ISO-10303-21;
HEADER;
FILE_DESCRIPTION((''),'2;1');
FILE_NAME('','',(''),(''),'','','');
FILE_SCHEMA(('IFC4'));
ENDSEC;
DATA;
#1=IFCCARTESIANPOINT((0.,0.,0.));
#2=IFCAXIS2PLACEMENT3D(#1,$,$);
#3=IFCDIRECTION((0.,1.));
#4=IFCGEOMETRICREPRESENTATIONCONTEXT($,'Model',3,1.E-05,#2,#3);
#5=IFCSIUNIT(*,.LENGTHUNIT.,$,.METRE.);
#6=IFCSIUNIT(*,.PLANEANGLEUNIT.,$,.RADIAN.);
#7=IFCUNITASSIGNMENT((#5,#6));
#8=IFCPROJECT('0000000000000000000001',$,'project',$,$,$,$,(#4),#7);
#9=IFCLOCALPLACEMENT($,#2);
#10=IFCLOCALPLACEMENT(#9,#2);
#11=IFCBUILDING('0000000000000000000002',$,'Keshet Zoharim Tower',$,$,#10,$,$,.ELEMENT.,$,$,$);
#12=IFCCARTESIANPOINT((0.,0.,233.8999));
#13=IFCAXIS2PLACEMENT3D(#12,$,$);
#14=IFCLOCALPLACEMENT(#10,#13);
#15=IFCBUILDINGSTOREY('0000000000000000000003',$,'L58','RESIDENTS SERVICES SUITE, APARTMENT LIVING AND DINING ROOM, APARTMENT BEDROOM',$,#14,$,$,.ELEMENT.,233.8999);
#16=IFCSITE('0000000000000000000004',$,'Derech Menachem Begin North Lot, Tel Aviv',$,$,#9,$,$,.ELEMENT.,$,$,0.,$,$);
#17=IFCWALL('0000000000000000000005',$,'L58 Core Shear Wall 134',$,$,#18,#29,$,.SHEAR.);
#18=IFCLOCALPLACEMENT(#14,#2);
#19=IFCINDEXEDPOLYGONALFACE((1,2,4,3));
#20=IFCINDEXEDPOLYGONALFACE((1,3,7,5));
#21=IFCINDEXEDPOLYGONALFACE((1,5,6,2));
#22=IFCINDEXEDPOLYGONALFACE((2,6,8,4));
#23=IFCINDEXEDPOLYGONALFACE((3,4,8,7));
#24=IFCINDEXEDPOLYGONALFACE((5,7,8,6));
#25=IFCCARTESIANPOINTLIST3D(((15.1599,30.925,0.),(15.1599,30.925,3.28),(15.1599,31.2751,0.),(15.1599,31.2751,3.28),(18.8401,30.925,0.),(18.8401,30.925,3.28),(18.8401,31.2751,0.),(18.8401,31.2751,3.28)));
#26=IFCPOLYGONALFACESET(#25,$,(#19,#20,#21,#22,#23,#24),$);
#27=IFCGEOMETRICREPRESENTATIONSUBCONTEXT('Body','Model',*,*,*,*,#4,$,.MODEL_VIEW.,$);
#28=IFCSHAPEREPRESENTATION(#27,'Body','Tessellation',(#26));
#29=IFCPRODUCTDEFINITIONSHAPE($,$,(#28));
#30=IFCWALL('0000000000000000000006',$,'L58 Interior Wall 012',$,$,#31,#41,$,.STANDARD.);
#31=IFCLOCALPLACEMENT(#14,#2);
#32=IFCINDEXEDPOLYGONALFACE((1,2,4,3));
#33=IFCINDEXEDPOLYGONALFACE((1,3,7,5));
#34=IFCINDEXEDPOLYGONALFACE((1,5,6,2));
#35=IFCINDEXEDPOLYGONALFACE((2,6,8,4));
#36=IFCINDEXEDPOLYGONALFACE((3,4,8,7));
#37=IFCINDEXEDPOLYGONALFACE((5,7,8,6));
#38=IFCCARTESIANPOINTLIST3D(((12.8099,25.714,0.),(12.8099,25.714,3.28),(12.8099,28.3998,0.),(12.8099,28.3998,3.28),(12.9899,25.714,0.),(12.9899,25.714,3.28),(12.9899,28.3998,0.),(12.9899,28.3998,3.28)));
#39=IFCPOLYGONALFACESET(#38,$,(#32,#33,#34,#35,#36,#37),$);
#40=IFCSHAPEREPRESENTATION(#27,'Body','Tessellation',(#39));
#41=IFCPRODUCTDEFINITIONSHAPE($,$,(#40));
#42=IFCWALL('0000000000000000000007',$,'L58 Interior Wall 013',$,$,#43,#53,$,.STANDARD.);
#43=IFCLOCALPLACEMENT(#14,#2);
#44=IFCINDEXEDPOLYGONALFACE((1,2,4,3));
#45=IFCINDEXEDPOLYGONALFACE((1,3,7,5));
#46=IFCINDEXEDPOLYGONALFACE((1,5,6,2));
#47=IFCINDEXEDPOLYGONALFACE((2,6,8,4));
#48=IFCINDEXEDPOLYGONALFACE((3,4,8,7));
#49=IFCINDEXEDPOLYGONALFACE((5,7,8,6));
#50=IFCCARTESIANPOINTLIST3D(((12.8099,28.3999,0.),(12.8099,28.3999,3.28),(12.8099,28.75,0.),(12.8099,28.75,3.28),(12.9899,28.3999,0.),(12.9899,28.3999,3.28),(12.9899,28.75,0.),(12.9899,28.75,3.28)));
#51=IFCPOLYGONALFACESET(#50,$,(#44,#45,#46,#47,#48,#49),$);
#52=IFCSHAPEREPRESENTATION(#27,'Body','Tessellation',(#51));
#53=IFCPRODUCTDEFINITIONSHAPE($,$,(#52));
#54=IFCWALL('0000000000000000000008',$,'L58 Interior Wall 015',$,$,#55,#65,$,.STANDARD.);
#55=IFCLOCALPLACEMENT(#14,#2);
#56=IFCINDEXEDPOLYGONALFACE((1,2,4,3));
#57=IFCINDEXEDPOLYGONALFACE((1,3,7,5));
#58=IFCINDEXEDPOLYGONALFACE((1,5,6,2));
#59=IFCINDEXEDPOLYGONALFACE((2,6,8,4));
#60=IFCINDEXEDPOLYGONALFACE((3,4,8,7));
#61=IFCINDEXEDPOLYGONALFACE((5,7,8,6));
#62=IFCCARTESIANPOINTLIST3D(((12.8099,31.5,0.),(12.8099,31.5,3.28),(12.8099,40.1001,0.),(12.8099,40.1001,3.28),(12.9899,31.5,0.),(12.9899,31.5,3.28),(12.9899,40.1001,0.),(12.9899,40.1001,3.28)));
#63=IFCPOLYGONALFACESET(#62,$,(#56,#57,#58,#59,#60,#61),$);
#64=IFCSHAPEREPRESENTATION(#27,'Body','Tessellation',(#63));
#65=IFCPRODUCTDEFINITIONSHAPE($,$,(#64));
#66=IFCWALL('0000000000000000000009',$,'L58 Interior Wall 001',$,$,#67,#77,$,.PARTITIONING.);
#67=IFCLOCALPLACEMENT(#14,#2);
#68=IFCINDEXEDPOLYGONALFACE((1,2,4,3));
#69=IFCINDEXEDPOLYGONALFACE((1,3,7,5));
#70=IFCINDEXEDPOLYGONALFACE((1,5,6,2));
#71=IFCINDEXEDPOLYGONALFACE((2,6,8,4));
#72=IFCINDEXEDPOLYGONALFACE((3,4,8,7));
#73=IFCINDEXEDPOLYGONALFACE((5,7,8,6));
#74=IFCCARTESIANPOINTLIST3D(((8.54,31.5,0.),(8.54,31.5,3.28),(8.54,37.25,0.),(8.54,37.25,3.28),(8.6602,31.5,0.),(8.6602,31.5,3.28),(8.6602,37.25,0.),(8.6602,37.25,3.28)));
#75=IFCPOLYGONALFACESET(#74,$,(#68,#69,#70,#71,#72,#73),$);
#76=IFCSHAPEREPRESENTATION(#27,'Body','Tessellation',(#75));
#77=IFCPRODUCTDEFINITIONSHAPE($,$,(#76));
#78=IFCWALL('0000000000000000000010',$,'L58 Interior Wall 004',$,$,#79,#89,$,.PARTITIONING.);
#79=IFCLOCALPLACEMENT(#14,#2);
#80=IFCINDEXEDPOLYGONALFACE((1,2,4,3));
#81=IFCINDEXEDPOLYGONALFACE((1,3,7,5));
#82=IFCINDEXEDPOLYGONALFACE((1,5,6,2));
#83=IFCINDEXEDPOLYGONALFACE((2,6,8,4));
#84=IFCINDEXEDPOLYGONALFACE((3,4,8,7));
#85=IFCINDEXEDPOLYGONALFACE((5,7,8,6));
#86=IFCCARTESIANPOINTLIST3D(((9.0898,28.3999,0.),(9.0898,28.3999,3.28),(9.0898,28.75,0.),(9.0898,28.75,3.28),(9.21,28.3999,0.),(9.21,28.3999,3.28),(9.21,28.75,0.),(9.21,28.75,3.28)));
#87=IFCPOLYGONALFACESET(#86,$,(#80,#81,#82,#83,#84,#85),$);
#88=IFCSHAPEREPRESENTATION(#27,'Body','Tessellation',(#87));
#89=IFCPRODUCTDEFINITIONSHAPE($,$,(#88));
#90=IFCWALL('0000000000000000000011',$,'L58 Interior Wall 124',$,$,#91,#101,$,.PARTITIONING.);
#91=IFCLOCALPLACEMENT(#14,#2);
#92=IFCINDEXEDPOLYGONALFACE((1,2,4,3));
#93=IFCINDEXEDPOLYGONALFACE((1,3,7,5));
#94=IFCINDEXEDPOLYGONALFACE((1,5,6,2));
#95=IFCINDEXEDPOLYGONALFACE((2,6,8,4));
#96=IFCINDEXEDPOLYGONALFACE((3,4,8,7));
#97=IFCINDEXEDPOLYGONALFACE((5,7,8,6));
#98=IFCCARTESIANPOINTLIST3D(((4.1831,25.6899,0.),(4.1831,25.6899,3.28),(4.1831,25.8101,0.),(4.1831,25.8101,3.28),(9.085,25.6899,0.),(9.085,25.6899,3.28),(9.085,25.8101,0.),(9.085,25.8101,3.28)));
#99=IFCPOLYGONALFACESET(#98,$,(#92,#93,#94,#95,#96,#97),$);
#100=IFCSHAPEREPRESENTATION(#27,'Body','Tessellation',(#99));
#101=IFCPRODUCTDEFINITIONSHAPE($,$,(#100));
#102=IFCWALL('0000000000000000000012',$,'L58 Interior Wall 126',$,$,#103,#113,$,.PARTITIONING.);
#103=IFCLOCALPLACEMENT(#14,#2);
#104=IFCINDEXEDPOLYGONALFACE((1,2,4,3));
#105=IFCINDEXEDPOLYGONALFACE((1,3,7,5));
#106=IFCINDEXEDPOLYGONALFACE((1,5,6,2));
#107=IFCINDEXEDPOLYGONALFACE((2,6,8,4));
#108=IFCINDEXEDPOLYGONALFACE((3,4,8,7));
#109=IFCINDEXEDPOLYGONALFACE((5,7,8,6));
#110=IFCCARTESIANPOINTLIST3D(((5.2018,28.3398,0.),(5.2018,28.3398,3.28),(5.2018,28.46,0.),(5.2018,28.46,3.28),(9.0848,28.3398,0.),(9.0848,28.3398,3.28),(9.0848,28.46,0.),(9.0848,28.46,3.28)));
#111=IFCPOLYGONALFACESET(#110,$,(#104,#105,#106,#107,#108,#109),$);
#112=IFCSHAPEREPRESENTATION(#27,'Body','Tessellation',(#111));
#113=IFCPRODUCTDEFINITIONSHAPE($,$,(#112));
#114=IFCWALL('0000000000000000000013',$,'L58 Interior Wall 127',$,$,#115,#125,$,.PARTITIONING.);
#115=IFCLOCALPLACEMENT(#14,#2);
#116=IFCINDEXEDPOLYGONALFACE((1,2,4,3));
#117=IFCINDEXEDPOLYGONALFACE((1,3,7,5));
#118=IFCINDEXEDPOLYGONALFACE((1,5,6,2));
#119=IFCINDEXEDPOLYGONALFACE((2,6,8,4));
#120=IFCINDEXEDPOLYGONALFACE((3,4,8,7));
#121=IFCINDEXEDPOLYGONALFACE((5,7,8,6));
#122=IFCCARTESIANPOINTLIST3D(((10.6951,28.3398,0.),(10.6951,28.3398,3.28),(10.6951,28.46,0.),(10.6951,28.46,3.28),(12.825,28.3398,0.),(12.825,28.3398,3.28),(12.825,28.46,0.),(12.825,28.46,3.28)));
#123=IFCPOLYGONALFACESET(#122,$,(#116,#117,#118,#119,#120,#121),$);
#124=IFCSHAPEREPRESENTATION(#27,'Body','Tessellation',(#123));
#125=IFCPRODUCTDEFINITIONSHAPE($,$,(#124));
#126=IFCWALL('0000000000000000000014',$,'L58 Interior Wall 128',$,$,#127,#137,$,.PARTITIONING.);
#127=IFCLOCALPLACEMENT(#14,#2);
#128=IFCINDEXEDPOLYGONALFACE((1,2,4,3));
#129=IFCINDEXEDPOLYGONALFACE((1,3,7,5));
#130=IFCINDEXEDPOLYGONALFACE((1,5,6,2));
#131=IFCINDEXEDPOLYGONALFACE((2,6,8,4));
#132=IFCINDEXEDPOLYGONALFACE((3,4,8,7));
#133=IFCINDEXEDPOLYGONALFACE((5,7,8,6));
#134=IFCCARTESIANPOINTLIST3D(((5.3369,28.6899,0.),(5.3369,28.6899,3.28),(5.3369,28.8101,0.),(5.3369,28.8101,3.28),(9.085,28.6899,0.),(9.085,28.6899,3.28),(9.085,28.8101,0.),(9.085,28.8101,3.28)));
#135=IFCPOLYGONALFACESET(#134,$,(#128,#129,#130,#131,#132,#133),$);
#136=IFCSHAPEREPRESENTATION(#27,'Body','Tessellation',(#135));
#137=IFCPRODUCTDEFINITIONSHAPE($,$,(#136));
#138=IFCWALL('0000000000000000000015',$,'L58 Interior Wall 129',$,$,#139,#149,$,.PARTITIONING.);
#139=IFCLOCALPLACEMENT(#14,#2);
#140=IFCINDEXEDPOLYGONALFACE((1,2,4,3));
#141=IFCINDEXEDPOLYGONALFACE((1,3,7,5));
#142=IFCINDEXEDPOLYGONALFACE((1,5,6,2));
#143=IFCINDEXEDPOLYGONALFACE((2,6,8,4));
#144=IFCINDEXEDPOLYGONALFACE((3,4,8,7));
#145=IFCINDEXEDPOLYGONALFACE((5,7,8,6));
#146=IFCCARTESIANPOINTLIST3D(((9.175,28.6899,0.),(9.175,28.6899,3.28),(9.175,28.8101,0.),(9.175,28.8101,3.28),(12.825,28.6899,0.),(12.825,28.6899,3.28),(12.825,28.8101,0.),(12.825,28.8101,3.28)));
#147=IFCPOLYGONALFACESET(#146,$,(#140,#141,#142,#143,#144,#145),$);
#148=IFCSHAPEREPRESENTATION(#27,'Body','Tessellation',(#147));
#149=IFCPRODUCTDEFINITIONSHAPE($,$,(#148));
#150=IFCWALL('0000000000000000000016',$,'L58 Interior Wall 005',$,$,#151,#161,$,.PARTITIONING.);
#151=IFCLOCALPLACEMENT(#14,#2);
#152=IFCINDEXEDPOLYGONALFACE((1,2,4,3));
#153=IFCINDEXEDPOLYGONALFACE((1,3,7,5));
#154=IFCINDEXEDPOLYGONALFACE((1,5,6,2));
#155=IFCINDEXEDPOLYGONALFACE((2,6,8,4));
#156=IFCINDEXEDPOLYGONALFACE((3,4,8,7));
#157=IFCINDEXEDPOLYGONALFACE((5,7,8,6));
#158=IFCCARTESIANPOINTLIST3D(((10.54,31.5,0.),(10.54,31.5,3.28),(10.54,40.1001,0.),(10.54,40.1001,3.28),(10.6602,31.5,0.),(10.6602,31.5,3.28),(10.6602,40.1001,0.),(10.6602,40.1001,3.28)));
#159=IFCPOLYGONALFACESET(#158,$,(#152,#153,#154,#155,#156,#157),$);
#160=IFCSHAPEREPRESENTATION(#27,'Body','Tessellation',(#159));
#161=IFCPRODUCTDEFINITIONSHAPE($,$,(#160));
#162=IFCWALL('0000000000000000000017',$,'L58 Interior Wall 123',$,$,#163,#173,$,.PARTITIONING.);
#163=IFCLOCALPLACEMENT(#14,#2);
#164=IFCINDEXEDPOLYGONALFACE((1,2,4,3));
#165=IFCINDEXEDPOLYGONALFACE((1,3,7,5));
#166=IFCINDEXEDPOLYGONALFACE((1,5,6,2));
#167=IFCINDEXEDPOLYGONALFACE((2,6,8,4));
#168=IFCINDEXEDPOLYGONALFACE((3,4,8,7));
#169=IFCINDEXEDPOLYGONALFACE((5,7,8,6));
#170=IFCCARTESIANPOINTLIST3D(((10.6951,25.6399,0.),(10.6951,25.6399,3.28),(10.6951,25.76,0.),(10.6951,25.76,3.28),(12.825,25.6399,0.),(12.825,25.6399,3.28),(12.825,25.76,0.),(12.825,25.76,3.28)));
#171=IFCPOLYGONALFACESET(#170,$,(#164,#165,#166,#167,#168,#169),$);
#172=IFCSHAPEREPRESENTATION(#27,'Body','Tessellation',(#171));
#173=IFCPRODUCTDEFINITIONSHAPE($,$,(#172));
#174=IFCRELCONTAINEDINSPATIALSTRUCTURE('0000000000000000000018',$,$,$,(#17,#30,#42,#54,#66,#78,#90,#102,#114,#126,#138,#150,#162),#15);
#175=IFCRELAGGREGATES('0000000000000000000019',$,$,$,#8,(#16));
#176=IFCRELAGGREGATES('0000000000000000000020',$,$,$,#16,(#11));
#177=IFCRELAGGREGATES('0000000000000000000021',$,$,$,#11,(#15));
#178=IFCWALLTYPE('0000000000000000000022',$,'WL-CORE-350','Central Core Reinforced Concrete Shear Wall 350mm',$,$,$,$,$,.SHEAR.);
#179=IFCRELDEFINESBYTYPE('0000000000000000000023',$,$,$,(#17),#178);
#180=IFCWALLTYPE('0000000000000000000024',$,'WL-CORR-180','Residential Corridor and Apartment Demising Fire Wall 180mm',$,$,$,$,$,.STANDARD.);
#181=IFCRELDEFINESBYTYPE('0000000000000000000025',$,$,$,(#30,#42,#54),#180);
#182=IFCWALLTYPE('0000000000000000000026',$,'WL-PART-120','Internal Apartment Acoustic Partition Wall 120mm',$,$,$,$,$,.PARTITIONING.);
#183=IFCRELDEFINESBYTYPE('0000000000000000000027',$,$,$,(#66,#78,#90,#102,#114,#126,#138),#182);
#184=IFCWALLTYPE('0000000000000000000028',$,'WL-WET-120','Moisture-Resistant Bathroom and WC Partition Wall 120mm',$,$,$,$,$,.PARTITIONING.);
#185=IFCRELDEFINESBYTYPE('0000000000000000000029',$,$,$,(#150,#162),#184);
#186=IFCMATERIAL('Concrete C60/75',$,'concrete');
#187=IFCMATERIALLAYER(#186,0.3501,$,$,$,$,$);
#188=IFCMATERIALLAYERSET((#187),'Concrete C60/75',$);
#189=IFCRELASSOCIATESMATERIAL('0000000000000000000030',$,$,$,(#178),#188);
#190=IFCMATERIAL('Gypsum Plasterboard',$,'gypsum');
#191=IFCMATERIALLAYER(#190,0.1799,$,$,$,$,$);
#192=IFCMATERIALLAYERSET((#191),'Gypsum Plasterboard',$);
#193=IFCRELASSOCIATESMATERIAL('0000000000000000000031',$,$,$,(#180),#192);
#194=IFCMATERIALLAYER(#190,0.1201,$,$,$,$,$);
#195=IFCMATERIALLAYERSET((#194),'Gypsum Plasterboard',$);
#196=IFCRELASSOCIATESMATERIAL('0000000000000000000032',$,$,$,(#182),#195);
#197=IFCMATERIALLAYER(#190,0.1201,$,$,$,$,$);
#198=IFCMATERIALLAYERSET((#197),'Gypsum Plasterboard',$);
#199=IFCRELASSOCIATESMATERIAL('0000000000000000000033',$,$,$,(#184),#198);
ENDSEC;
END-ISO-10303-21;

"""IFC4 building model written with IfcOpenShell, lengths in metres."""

from ifc_helpers import new_model, si_unit, direction, frame, frame_2d, origin, place, context, subcontext, project, spatial, rectangle, extrude, material, layer, layer_set, type_object, element, save


model = new_model("IFC4")

# Units and contexts
model_context = context("Model", 3, precision=1e-05, world=origin(), true_north=direction((0.0, 1.0)))
body_context = subcontext(model_context, "Body", "Model", "MODEL_VIEW")
ifc_project = project(units=[si_unit("LENGTHUNIT", "METRE"), si_unit("PLANEANGLEUNIT", "RADIAN")], contexts=[model_context])

# Site, building, storey
site_placement = place(None, origin())
site = spatial("IfcSite", under=ifc_project, at=site_placement, Name="Derech Menachem Begin North Lot, Tel Aviv", CompositionType="ELEMENT", RefElevation=0.0)
building_placement = place(site_placement, origin())
building = spatial("IfcBuilding", under=site, at=building_placement, Name="Keshet Zoharim Tower", CompositionType="ELEMENT")
storey_placement = place(building_placement, frame((0.0, 0.0, 233.8999)))
storey = spatial("IfcBuildingStorey", under=building, at=storey_placement, Name="L58", Description="RESIDENTS SERVICES SUITE, APARTMENT LIVING AND DINING ROOM, APARTMENT BEDROOM", CompositionType="ELEMENT", Elevation=233.8999)

# Shared definitions
ifc_material_1 = material(Name="Concrete C60/75", Category="concrete")
ifc_layer_1 = layer(ifc_material_1, 0.3501)
ifc_layer_set_1 = layer_set([ifc_layer_1], Name="Concrete C60/75")
wall_type_1 = type_object("IfcWallType", Name="WL-CORE-350", Description="Central Core Reinforced Concrete Shear Wall 350mm", PredefinedType="SHEAR", material=ifc_layer_set_1)

# Walls
for number, where, z_axis, x_axis, name in (
    (1, (15.1599, 31.1001, 0.0), (0.0, 0.0, 1.0), (1.0, 0.0, 0.0), "L58 Core Shear Wall 134"),
):
    element("IfcWall", number, at=place(storey_placement, frame(where, z_axis=z_axis, x_axis=x_axis)), inside=storey, type_object=wall_type_1, Name=name, PredefinedType="SHEAR", context=body_context, shape_type="SweptSolid", body=[
        extrude(rectangle(XDim=3.6802, YDim=0.3501, at=frame_2d((1.8401, 0.0))), origin(), (0.0, 0.0, 1.0), 3.28),
    ])
ifc_material_2 = material(Name="Gypsum Plasterboard", Category="gypsum")
ifc_layer_2 = layer(ifc_material_2, 0.1799)
ifc_layer_set_2 = layer_set([ifc_layer_2], Name="Gypsum Plasterboard")
wall_type_2 = type_object("IfcWallType", Name="WL-CORR-180", Description="Residential Corridor and Apartment Demising Fire Wall 180mm", PredefinedType="STANDARD", material=ifc_layer_set_2)
wall_1_placement = place(storey_placement, frame((12.8999, 25.7141, 0.0), z_axis=(0.0, 0.0, 1.0), x_axis=(0.0, 1.0, 0.0)))
element("IfcWall", 2, at=wall_1_placement, inside=storey, type_object=wall_type_2, Name="L58 Interior Wall 012", PredefinedType="STANDARD", context=body_context, shape_type="SweptSolid", body=[
    extrude(rectangle(XDim=2.6858, YDim=0.1799, at=frame_2d((1.3428, 0.0))), origin(), (0.0, 0.0, 1.0), 3.28),
])
wall_2_placement = place(storey_placement, frame((12.8999, 28.3999, 0.0), z_axis=(0.0, 0.0, 1.0), x_axis=(0.0, 1.0, 0.0)))
element("IfcWall", 3, at=wall_2_placement, inside=storey, type_object=wall_type_2, Name="L58 Interior Wall 013", PredefinedType="STANDARD", context=body_context, shape_type="SweptSolid", body=[
    extrude(rectangle(XDim=0.3501, YDim=0.1799, at=frame_2d((0.175, 0.0))), origin(), (0.0, 0.0, 1.0), 3.28),
])

# Walls
wall_3_placement = place(storey_placement, frame((12.8999, 31.5, 0.0), z_axis=(0.0, 0.0, 1.0), x_axis=(0.0, 1.0, 0.0)))
element("IfcWall", 4, at=wall_3_placement, inside=storey, type_object=wall_type_2, Name="L58 Interior Wall 015", PredefinedType="STANDARD", context=body_context, shape_type="SweptSolid", body=[
    extrude(rectangle(XDim=8.6001, YDim=0.1799, at=frame_2d((4.3, 0.0))), origin(), (0.0, 0.0, 1.0), 3.28),
])
ifc_layer_3 = layer(ifc_material_2, 0.1201)
ifc_layer_set_3 = layer_set([ifc_layer_3], Name="Gypsum Plasterboard")
wall_type_3 = type_object("IfcWallType", Name="WL-PART-120", Description="Internal Apartment Acoustic Partition Wall 120mm", PredefinedType="PARTITIONING", material=ifc_layer_set_3)
wall_4_placement = place(storey_placement, frame((8.6001, 31.5, 0.0), z_axis=(0.0, 0.0, 1.0), x_axis=(0.0, 1.0, 0.0)))
element("IfcWall", 5, at=wall_4_placement, inside=storey, type_object=wall_type_3, Name="L58 Interior Wall 001", PredefinedType="PARTITIONING", context=body_context, shape_type="SweptSolid", body=[
    extrude(rectangle(XDim=5.75, YDim=0.1201, at=frame_2d((2.875, 0.0))), origin(), (0.0, 0.0, 1.0), 3.28),
])
wall_5_placement = place(storey_placement, frame((9.1499, 28.3999, 0.0), z_axis=(0.0, 0.0, 1.0), x_axis=(0.0, 1.0, 0.0)))
element("IfcWall", 6, at=wall_5_placement, inside=storey, type_object=wall_type_3, Name="L58 Interior Wall 004", PredefinedType="PARTITIONING", context=body_context, shape_type="SweptSolid", body=[
    extrude(rectangle(XDim=0.3501, YDim=0.1201, at=frame_2d((0.175, 0.0))), origin(), (0.0, 0.0, 1.0), 3.28),
])

# Walls
wall_6_placement = place(storey_placement, frame((4.1831, 25.75, 0.0), z_axis=(0.0, 0.0, 1.0), x_axis=(1.0, 0.0, 0.0)))
element("IfcWall", 7, at=wall_6_placement, inside=storey, type_object=wall_type_3, Name="L58 Interior Wall 124", PredefinedType="PARTITIONING", context=body_context, shape_type="SweptSolid", body=[
    extrude(rectangle(XDim=4.9019, YDim=0.1201, at=frame_2d((2.4509, 0.0))), origin(), (0.0, 0.0, 1.0), 3.28),
])
wall_7_placement = place(storey_placement, frame((5.2019, 28.3999, 0.0), z_axis=(0.0, 0.0, 1.0), x_axis=(1.0, 0.0, 0.0)))
element("IfcWall", 8, at=wall_7_placement, inside=storey, type_object=wall_type_3, Name="L58 Interior Wall 126", PredefinedType="PARTITIONING", context=body_context, shape_type="SweptSolid", body=[
    extrude(rectangle(XDim=3.8831, YDim=0.1201, at=frame_2d((1.9414, 0.0))), origin(), (0.0, 0.0, 1.0), 3.28),
])
wall_8_placement = place(storey_placement, frame((10.6951, 28.3999, 0.0), z_axis=(0.0, 0.0, 1.0), x_axis=(1.0, 0.0, 0.0)))
element("IfcWall", 9, at=wall_8_placement, inside=storey, type_object=wall_type_3, Name="L58 Interior Wall 127", PredefinedType="PARTITIONING", context=body_context, shape_type="SweptSolid", body=[
    extrude(rectangle(XDim=2.1299, YDim=0.1201, at=frame_2d((1.0649, 0.0))), origin(), (0.0, 0.0, 1.0), 3.28),
])
wall_9_placement = place(storey_placement, frame((5.3369, 28.75, 0.0), z_axis=(0.0, 0.0, 1.0), x_axis=(1.0, 0.0, 0.0)))
element("IfcWall", 10, at=wall_9_placement, inside=storey, type_object=wall_type_3, Name="L58 Interior Wall 128", PredefinedType="PARTITIONING", context=body_context, shape_type="SweptSolid", body=[
    extrude(rectangle(XDim=3.748, YDim=0.1201, at=frame_2d((1.874, 0.0))), origin(), (0.0, 0.0, 1.0), 3.28),
])
wall_10_placement = place(storey_placement, frame((9.175, 28.75, 0.0), z_axis=(0.0, 0.0, 1.0), x_axis=(1.0, 0.0, 0.0)))
element("IfcWall", 11, at=wall_10_placement, inside=storey, type_object=wall_type_3, Name="L58 Interior Wall 129", PredefinedType="PARTITIONING", context=body_context, shape_type="SweptSolid", body=[
    extrude(rectangle(XDim=3.6499, YDim=0.1201, at=frame_2d((1.825, 0.0))), origin(), (0.0, 0.0, 1.0), 3.28),
])

# Walls
ifc_layer_4 = layer(ifc_material_2, 0.1201)
ifc_layer_set_4 = layer_set([ifc_layer_4], Name="Gypsum Plasterboard")
wall_type_4 = type_object("IfcWallType", Name="WL-WET-120", Description="Moisture-Resistant Bathroom and WC Partition Wall 120mm", PredefinedType="PARTITIONING", material=ifc_layer_set_4)
wall_11_placement = place(storey_placement, frame((10.6001, 31.5, 0.0), z_axis=(0.0, 0.0, 1.0), x_axis=(0.0, 1.0, 0.0)))
element("IfcWall", 12, at=wall_11_placement, inside=storey, type_object=wall_type_4, Name="L58 Interior Wall 005", PredefinedType="PARTITIONING", context=body_context, shape_type="SweptSolid", body=[
    extrude(rectangle(XDim=8.6001, YDim=0.1201, at=frame_2d((4.3, 0.0))), origin(), (0.0, 0.0, 1.0), 3.28),
])
wall_12_placement = place(storey_placement, frame((10.6951, 25.7, 0.0), z_axis=(0.0, 0.0, 1.0), x_axis=(1.0, 0.0, 0.0)))
element("IfcWall", 13, at=wall_12_placement, inside=storey, type_object=wall_type_4, Name="L58 Interior Wall 123", PredefinedType="PARTITIONING", context=body_context, shape_type="SweptSolid", body=[
    extrude(rectangle(XDim=2.1299, YDim=0.1201, at=frame_2d((1.0649, 0.0))), origin(), (0.0, 0.0, 1.0), 3.28),
])

save(model, "model.ifc")
